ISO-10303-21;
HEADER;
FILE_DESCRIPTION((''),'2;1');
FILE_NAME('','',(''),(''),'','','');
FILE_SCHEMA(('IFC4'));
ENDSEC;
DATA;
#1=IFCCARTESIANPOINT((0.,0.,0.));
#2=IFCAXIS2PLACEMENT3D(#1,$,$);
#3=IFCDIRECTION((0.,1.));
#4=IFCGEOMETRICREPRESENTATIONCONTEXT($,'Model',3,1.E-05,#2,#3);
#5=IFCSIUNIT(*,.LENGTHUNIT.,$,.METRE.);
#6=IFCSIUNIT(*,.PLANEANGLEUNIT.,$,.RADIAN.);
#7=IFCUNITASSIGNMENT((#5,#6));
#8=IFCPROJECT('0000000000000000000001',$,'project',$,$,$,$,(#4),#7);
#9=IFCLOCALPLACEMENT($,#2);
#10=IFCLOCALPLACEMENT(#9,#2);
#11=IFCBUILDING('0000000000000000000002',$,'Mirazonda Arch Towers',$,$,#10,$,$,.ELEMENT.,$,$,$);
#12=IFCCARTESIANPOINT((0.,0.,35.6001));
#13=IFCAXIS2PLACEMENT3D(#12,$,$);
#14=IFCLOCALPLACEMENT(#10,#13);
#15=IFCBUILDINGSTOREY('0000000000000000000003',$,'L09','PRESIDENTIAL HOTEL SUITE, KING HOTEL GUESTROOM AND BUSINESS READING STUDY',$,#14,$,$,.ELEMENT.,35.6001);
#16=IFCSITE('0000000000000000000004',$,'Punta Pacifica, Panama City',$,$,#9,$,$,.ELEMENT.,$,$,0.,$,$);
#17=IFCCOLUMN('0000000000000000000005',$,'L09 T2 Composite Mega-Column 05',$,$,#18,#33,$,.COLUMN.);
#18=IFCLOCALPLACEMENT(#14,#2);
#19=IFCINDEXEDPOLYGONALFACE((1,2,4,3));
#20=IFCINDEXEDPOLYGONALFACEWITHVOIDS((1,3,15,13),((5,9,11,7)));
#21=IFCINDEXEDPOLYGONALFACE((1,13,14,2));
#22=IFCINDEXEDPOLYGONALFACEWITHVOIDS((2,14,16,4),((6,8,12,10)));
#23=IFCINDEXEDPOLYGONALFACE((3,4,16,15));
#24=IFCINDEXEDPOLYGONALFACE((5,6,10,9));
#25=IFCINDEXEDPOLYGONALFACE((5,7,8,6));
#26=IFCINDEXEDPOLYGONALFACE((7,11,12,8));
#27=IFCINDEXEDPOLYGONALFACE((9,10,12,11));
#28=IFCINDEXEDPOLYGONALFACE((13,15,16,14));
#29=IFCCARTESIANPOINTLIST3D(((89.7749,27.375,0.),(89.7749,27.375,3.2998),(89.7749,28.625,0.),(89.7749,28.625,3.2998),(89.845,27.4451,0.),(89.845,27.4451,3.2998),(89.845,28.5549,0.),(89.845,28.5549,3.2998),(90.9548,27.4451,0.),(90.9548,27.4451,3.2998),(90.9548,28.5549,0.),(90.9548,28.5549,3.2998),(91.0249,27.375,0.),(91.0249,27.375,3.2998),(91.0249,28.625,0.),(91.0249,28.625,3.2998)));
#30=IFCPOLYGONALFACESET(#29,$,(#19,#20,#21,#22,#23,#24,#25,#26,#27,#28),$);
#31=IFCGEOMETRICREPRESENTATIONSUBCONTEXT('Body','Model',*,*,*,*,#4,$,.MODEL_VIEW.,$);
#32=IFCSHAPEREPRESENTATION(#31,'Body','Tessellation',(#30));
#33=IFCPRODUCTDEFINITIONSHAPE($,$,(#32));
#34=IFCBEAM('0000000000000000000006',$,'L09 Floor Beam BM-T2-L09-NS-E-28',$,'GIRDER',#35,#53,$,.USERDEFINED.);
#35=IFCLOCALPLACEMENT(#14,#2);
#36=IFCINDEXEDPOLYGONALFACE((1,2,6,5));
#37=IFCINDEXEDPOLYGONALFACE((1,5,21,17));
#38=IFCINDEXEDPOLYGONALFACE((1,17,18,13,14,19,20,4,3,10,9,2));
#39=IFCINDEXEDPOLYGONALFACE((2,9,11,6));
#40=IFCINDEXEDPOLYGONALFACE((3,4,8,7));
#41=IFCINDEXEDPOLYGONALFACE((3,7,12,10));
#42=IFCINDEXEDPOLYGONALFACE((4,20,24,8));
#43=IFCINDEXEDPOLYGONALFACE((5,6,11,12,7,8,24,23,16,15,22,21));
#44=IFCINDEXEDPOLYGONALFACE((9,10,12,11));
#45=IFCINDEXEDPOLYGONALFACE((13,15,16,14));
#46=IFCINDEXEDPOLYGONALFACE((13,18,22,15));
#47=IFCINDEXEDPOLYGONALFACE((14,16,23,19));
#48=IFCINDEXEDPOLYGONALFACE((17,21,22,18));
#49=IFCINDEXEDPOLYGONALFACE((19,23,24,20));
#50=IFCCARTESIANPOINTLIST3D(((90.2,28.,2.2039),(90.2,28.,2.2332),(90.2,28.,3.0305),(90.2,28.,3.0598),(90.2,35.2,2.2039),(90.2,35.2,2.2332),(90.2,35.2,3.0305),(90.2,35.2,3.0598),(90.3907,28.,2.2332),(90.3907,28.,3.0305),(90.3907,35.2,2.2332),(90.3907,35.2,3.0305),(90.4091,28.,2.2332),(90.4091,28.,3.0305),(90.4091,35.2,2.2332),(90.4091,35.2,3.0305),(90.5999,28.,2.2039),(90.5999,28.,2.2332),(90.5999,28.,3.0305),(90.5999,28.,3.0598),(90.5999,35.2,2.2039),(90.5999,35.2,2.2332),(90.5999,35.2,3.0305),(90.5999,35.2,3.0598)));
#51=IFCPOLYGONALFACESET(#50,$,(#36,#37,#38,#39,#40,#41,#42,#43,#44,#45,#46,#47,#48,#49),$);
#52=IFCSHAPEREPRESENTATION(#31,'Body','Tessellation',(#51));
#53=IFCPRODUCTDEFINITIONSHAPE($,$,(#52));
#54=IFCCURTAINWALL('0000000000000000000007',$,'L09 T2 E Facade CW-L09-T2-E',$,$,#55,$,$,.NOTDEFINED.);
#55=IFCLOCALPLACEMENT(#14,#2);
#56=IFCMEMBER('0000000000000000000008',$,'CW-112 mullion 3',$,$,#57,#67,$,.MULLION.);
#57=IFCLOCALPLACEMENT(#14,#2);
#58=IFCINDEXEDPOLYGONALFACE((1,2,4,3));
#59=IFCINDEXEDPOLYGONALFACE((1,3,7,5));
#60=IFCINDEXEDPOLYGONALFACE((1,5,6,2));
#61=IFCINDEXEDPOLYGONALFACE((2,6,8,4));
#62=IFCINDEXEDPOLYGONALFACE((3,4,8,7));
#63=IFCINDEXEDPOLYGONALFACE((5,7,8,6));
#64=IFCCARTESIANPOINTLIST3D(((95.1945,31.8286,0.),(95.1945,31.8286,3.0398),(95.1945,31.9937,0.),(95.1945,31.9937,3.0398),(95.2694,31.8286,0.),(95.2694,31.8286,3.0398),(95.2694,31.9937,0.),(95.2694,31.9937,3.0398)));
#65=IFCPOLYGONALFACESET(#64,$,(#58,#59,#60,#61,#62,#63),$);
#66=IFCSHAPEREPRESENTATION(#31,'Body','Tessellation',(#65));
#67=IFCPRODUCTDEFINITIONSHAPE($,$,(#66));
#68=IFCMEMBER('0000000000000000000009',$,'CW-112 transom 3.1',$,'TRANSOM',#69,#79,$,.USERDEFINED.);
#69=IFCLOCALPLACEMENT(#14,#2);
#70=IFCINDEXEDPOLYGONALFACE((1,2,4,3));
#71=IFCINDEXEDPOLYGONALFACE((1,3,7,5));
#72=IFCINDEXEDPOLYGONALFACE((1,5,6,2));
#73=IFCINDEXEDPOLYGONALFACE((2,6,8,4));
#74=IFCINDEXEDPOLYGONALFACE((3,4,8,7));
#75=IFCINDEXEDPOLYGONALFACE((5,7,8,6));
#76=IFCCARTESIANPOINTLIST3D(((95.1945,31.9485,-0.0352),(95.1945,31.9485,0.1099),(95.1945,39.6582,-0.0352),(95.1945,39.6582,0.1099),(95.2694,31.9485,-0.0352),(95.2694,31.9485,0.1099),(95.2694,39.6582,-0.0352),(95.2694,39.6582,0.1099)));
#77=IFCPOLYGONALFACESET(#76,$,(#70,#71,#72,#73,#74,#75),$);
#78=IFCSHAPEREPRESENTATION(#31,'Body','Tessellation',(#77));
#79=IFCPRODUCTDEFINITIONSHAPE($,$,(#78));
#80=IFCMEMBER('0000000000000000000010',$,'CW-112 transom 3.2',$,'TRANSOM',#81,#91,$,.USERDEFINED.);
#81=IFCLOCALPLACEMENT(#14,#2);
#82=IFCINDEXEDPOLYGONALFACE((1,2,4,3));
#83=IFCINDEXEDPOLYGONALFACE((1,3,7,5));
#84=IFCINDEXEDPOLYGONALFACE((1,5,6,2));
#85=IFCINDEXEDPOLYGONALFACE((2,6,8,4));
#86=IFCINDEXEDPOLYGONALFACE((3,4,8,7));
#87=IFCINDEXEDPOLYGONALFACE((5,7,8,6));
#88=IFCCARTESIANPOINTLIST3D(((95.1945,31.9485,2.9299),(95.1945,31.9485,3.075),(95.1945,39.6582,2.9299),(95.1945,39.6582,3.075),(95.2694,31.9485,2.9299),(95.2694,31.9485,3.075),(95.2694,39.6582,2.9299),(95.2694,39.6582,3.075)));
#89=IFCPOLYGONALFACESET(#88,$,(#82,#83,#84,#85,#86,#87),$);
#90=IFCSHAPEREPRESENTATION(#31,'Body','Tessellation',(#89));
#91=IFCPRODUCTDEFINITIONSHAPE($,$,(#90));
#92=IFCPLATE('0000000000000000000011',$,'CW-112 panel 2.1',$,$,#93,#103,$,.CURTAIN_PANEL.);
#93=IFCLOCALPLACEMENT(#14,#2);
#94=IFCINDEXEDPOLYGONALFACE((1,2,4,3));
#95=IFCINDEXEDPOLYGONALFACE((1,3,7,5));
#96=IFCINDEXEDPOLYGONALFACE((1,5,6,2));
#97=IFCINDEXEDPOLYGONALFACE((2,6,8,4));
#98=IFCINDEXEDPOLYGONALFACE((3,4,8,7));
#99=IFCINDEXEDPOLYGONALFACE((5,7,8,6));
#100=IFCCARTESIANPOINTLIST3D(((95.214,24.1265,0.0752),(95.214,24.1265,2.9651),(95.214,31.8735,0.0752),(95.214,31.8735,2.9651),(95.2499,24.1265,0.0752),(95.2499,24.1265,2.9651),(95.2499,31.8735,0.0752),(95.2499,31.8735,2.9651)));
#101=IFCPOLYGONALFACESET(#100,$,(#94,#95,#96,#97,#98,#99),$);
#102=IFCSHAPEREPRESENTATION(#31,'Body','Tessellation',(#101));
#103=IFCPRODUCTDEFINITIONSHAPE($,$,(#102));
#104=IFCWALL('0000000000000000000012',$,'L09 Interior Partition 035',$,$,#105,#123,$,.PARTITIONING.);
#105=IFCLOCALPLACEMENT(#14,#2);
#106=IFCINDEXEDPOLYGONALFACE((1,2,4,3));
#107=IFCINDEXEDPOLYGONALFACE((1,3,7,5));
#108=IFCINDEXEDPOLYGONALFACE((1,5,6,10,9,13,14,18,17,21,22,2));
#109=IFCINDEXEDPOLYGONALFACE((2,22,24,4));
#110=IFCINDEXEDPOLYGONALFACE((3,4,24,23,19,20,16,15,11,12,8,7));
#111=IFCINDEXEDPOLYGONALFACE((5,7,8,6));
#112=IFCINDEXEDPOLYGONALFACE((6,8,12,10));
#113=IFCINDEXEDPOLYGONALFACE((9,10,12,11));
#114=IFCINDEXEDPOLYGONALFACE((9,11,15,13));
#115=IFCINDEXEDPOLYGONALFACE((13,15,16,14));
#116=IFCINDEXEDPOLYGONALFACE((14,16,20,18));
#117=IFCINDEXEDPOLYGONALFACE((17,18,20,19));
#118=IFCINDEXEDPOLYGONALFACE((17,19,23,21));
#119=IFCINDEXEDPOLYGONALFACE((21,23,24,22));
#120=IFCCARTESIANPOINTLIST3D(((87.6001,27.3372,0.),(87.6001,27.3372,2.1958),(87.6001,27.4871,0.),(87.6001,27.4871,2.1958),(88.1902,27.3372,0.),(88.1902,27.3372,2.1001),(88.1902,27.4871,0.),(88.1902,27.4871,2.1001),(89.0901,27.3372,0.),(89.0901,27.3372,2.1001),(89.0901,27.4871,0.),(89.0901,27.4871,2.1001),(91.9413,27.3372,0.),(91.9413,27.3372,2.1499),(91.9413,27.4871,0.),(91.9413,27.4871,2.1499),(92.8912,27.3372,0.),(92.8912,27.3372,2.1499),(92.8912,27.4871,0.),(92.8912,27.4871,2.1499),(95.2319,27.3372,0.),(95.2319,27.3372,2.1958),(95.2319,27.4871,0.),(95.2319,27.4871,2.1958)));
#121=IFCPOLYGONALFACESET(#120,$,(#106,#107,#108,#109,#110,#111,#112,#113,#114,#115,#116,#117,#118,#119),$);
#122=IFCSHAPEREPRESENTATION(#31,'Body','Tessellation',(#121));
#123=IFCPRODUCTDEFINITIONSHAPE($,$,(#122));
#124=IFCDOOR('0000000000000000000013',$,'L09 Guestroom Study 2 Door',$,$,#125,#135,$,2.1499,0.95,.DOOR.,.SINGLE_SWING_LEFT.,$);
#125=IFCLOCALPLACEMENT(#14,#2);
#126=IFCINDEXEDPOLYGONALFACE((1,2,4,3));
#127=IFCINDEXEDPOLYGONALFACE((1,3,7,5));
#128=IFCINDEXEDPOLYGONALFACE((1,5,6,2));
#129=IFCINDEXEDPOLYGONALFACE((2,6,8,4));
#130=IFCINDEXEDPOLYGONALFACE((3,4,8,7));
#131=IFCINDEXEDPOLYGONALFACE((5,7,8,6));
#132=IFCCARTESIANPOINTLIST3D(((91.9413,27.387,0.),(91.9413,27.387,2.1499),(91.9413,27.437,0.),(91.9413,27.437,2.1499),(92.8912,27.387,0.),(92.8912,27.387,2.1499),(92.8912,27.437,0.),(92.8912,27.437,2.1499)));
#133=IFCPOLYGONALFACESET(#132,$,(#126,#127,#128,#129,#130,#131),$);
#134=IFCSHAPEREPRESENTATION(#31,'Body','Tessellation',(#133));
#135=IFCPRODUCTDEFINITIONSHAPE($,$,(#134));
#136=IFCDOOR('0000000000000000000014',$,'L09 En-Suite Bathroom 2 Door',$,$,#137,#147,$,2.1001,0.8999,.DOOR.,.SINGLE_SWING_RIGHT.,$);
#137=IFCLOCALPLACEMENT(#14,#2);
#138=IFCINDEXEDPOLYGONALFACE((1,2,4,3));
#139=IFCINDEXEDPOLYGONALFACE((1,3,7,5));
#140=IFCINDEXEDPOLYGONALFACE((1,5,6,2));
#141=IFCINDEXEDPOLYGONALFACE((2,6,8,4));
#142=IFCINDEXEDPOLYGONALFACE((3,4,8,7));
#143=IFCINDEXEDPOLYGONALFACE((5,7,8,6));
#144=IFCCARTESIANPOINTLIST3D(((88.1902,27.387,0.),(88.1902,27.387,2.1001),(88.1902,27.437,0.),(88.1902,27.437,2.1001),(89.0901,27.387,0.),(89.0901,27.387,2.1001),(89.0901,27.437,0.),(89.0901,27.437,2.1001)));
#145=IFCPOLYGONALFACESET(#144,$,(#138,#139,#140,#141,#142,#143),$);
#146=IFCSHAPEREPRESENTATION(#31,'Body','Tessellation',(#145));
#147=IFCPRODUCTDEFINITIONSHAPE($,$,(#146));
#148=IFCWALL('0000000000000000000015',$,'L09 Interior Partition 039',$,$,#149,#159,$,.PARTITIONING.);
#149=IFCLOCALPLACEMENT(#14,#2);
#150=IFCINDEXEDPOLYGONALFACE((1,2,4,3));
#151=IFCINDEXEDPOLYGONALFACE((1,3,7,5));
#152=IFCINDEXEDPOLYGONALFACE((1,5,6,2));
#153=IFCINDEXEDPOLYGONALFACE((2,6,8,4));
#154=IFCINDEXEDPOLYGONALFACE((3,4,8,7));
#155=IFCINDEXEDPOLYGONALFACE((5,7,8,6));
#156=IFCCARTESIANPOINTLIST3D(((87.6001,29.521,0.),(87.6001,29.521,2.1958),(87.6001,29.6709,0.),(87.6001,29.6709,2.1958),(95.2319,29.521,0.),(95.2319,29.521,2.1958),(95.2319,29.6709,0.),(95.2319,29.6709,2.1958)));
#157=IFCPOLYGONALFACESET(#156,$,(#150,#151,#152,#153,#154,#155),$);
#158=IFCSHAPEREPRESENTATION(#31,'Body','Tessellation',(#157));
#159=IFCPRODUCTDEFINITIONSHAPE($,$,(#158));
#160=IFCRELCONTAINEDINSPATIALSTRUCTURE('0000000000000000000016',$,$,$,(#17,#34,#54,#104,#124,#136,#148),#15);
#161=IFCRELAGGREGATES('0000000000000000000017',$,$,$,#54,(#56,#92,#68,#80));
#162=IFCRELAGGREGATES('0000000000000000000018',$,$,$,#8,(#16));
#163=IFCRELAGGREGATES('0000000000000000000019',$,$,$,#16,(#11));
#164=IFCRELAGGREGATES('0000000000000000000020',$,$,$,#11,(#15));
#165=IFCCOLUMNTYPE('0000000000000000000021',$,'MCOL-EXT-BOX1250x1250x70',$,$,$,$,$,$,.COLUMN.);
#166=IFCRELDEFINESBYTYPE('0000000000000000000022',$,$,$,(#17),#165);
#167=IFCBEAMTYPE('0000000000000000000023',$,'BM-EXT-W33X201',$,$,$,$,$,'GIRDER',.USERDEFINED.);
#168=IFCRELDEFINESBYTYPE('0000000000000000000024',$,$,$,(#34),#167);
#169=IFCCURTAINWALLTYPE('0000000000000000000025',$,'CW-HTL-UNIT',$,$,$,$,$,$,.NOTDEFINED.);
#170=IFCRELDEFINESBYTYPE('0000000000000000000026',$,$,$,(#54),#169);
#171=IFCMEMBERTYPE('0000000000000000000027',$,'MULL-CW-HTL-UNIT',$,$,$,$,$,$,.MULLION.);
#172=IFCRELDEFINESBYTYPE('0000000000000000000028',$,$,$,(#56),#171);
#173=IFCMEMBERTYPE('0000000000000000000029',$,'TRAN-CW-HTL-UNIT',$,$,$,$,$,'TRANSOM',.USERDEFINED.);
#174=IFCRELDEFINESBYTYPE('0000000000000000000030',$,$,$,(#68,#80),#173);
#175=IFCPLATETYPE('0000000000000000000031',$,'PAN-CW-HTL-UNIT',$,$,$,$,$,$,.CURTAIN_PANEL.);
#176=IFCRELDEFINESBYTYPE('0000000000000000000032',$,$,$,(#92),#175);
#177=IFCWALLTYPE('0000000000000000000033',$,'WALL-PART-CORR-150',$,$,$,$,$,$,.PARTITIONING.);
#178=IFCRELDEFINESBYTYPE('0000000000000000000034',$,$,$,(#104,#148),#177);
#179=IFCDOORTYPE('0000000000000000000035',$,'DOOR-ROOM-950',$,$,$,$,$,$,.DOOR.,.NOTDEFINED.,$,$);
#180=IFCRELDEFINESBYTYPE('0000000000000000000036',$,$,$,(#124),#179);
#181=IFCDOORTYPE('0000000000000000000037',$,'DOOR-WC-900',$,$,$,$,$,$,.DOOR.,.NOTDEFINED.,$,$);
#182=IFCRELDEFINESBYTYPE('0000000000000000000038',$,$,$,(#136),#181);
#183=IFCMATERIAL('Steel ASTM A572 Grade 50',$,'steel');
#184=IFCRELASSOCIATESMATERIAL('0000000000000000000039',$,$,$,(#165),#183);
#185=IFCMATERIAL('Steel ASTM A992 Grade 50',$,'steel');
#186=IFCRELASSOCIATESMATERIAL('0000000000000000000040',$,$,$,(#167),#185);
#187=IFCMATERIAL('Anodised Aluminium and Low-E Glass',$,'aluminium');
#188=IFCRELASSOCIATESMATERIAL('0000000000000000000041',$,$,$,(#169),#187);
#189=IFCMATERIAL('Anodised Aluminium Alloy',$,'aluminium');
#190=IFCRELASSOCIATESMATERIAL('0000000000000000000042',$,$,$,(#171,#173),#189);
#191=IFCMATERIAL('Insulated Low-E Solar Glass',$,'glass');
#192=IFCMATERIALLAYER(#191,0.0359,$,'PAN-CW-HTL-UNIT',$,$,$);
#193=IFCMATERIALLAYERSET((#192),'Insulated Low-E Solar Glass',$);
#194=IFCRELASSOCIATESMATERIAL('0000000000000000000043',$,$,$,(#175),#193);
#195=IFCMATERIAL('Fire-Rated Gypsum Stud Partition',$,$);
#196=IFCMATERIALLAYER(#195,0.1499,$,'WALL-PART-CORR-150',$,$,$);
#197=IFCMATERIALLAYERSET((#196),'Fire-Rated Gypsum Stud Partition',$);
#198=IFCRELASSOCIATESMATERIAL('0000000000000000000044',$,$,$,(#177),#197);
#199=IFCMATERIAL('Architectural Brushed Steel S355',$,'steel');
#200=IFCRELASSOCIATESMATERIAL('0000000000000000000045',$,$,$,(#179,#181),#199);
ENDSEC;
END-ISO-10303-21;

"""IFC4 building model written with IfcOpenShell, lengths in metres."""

from ifc_helpers import new_model, si_unit, direction, frame, frame_2d, origin, origin_2d, place, context, subcontext, project, spatial, rectangle, hollow_rectangle, i_section, extrude, material, layer, layer_set, material_profile, profile_set, type_object, element, fill, aggregate, save


model = new_model("IFC4")

# Units and contexts
model_context = context("Model", 3, precision=1e-05, world=origin(), true_north=direction((0.0, 1.0)))
body_context = subcontext(model_context, "Body", "Model", "MODEL_VIEW")
ifc_project = project(units=[si_unit("LENGTHUNIT", "METRE"), si_unit("PLANEANGLEUNIT", "RADIAN")], contexts=[model_context])

# Site, building, storey
site_placement = place(None, origin())
site = spatial("IfcSite", under=ifc_project, at=site_placement, Name="Punta Pacifica, Panama City", CompositionType="ELEMENT", RefElevation=0.0)
building_placement = place(site_placement, origin())
building = spatial("IfcBuilding", under=site, at=building_placement, Name="Mirazonda Arch Towers", CompositionType="ELEMENT")
storey_placement = place(building_placement, frame((0.0, 0.0, 35.6001)))
storey = spatial("IfcBuildingStorey", under=building, at=storey_placement, Name="L09", Description="PRESIDENTIAL HOTEL SUITE, KING HOTEL GUESTROOM AND BUSINESS READING STUDY", CompositionType="ELEMENT", Elevation=35.6001)

# Column
ifc_material_1 = material(Name="Steel ASTM A572 Grade 50", Category="steel")
ifc_material_profile_1 = material_profile(ifc_material_1, hollow_rectangle(XDim=1.25, YDim=1.25, WallThickness=0.0701, at=origin_2d()), Name="BOX1250x1250x70")
ifc_profile_set_1 = profile_set([ifc_material_profile_1], Name="Steel ASTM A572 Grade 50")
column_type = type_object("IfcColumnType", Name="MCOL-EXT-BOX1250x1250x70", PredefinedType="COLUMN", material=ifc_profile_set_1)
column_placement = place(storey_placement, frame((90.3999, 28.0, 0.0), z_axis=(0.0, 0.0, 1.0), x_axis=(1.0, 0.0, 0.0)))
element("IfcColumn", 1, at=column_placement, inside=storey, type_object=column_type, Name="L09 T2 Composite Mega-Column 05", PredefinedType="COLUMN", context=body_context, shape_type="SweptSolid", body=[
    extrude(hollow_rectangle(XDim=1.25, YDim=1.25, WallThickness=0.0701, at=origin_2d()), origin(), (0.0, 0.0, 1.0), 3.2998),
])

# Beam
ifc_material_2 = material(Name="Steel ASTM A992 Grade 50", Category="steel")
ifc_material_profile_2 = material_profile(ifc_material_2, i_section(OverallWidth=0.3999, OverallDepth=0.856, WebThickness=0.0183, FlangeThickness=0.0293, at=origin_2d()), Name="W33X201")
ifc_profile_set_2 = profile_set([ifc_material_profile_2], Name="Steel ASTM A992 Grade 50")
beam_type = type_object("IfcBeamType", Name="BM-EXT-W33X201", ElementType="GIRDER", PredefinedType="USERDEFINED", material=ifc_profile_set_2)
beam_placement = place(storey_placement, frame((90.3999, 28.0, 2.6318), z_axis=(0.0, 1.0, 0.0), x_axis=(-1.0, 0.0, 0.0)))
element("IfcBeam", 2, at=beam_placement, inside=storey, type_object=beam_type, Name="L09 Floor Beam BM-T2-L09-NS-E-28", ObjectType="GIRDER", PredefinedType="USERDEFINED", context=body_context, shape_type="SweptSolid", body=[
    extrude(i_section(OverallWidth=0.3999, OverallDepth=0.856, WebThickness=0.0183, FlangeThickness=0.0293, at=origin_2d()), origin(), (0.0, 0.0, 1.0), 7.2),
])

# Curtain wall, members, plate
ifc_material_3 = material(Name="Anodised Aluminium and Low-E Glass", Category="aluminium")
curtain_wall_type = type_object("IfcCurtainWallType", Name="CW-HTL-UNIT", PredefinedType="NOTDEFINED", material=ifc_material_3)
curtain_wall_placement = place(storey_placement, origin())
curtain_wall = element("IfcCurtainWall", 3, at=curtain_wall_placement, inside=storey, type_object=curtain_wall_type, Name="L09 T2 E Facade CW-L09-T2-E", PredefinedType="NOTDEFINED")
ifc_material_4 = material(Name="Anodised Aluminium Alloy", Category="aluminium")
ifc_material_profile_3 = material_profile(ifc_material_4, rectangle(XDim=0.075, YDim=0.165, at=origin_2d()), Name="ALU-MULL-75x165")
ifc_profile_set_3 = profile_set([ifc_material_profile_3], Name="Anodised Aluminium Alloy")
member_type_1 = type_object("IfcMemberType", Name="MULL-CW-HTL-UNIT", PredefinedType="MULLION", material=ifc_profile_set_3)
member_1_placement = place(storey_placement, frame((95.2319, 31.9111, 0.0), z_axis=(0.0, 0.0, 1.0), x_axis=(-1.0, 0.0, 0.0)))
member_1 = element("IfcMember", 4, at=member_1_placement, type_object=member_type_1, Name="CW-112 mullion 3", PredefinedType="MULLION", context=body_context, shape_type="SweptSolid", body=[
    extrude(rectangle(XDim=0.075, YDim=0.165, at=origin_2d()), origin(), (0.0, 0.0, 1.0), 3.0398),
])
ifc_material_profile_4 = material_profile(ifc_material_4, rectangle(XDim=0.075, YDim=0.145, at=origin_2d()), Name="ALU-TRAN-75x145")
ifc_profile_set_4 = profile_set([ifc_material_profile_4], Name="Anodised Aluminium Alloy")
member_type_2 = type_object("IfcMemberType", Name="TRAN-CW-HTL-UNIT", ElementType="TRANSOM", PredefinedType="USERDEFINED", material=ifc_profile_set_4)
member_2_placement = place(storey_placement, frame((95.2319, 31.9485, 0.0374), z_axis=(0.0, 1.0, 0.0), x_axis=(-1.0, 0.0, 0.0)))
member_2 = element("IfcMember", 5, at=member_2_placement, type_object=member_type_2, Name="CW-112 transom 3.1", ObjectType="TRANSOM", PredefinedType="USERDEFINED", context=body_context, shape_type="SweptSolid", body=[
    extrude(rectangle(XDim=0.075, YDim=0.145, at=origin_2d()), origin(), (0.0, 0.0, 1.0), 7.7097),
])
member_3_placement = place(storey_placement, frame((95.2319, 31.9485, 3.0024), z_axis=(0.0, 1.0, 0.0), x_axis=(-1.0, 0.0, 0.0)))
member_3 = element("IfcMember", 6, at=member_3_placement, type_object=member_type_2, Name="CW-112 transom 3.2", ObjectType="TRANSOM", PredefinedType="USERDEFINED", context=body_context, shape_type="SweptSolid", body=[
    extrude(rectangle(XDim=0.075, YDim=0.145, at=origin_2d()), origin(), (0.0, 0.0, 1.0), 7.7097),
])
ifc_material_5 = material(Name="Insulated Low-E Solar Glass", Category="glass")
ifc_layer_1 = layer(ifc_material_5, 0.0359, Name="PAN-CW-HTL-UNIT")
ifc_layer_set_1 = layer_set([ifc_layer_1], Name="Insulated Low-E Solar Glass")
plate_type = type_object("IfcPlateType", Name="PAN-CW-HTL-UNIT", PredefinedType="CURTAIN_PANEL", material=ifc_layer_set_1)
plate_placement = place(storey_placement, frame((95.2319, 28.0, 0.0752), z_axis=(0.0, 0.0, 1.0), x_axis=(0.0, 1.0, 0.0)))
plate = element("IfcPlate", 7, at=plate_placement, type_object=plate_type, Name="CW-112 panel 2.1", PredefinedType="CURTAIN_PANEL", context=body_context, shape_type="SweptSolid", body=[
    extrude(rectangle(XDim=7.7471, YDim=0.0359, at=origin_2d()), origin(), (0.0, 0.0, 1.0), 2.8899),
])
aggregate(curtain_wall, [member_1, plate, member_2, member_3])

# Wall, openings, doors
ifc_material_6 = material(Name="Fire-Rated Gypsum Stud Partition")
ifc_layer_2 = layer(ifc_material_6, 0.1499, Name="WALL-PART-CORR-150")
ifc_layer_set_2 = layer_set([ifc_layer_2], Name="Fire-Rated Gypsum Stud Partition")
wall_type_1 = type_object("IfcWallType", Name="WALL-PART-CORR-150", PredefinedType="PARTITIONING", material=ifc_layer_set_2)
wall_1_placement = place(storey_placement, frame((87.6001, 27.4121, 0.0), z_axis=(0.0, 0.0, 1.0), x_axis=(1.0, 0.0, 0.0)))
wall_1 = element("IfcWall", 8, at=wall_1_placement, inside=storey, type_object=wall_type_1, Name="L09 Interior Partition 035", PredefinedType="PARTITIONING", context=body_context, shape_type="SweptSolid", body=[
    extrude(rectangle(XDim=7.6318, YDim=0.1499, at=frame_2d((3.8159, 0.0))), origin(), (0.0, 0.0, 1.0), 2.1958),
])
opening_1_placement = place(wall_1_placement, frame((4.3411, 0.0, 0.0)))
opening_1 = element("IfcOpeningElement", 9, at=opening_1_placement, cuts=wall_1, PredefinedType="OPENING", context=body_context, shape_type="SweptSolid", body=[
    extrude(rectangle(XDim=0.95, YDim=2.1499, at=frame_2d((0.4751, 1.075))), frame((0.0, 0.085, 0.0), z_axis=(0.0, -1.0, 0.0), x_axis=(1.0, 0.0, 0.0)), (0.0, 0.0, 1.0), 0.1699),
])
opening_2_placement = place(wall_1_placement, frame((0.5901, 0.0, 0.0)))
opening_2 = element("IfcOpeningElement", 10, at=opening_2_placement, cuts=wall_1, PredefinedType="OPENING", context=body_context, shape_type="SweptSolid", body=[
    extrude(rectangle(XDim=0.8999, YDim=2.1001, at=frame_2d((0.45, 1.05))), frame((0.0, 0.085, 0.0), z_axis=(0.0, -1.0, 0.0), x_axis=(1.0, 0.0, 0.0)), (0.0, 0.0, 1.0), 0.1699),
])
ifc_material_7 = material(Name="Architectural Brushed Steel S355", Category="steel")
door_type_1 = type_object("IfcDoorType", Name="DOOR-ROOM-950", OperationType="NOTDEFINED", PredefinedType="DOOR", material=ifc_material_7)
door_1_placement = place(opening_1_placement, origin())
door_1 = element("IfcDoor", 11, at=door_1_placement, inside=storey, type_object=door_type_1, Name="L09 Guestroom Study 2 Door", OperationType="SINGLE_SWING_LEFT", OverallHeight=2.1499, OverallWidth=0.95, PredefinedType="DOOR", context=body_context, shape_type="SweptSolid", body=[
    extrude(rectangle(XDim=0.95, YDim=2.1499, at=frame_2d((0.4751, 1.075))), frame((0.0, 0.0249, 0.0), z_axis=(0.0, -1.0, 0.0), x_axis=(1.0, 0.0, 0.0)), (0.0, 0.0, 1.0), 0.05),
])
fill(opening_1, door_1)
door_type_2 = type_object("IfcDoorType", Name="DOOR-WC-900", OperationType="NOTDEFINED", PredefinedType="DOOR", material=ifc_material_7)
door_2_placement = place(opening_2_placement, origin())
door_2 = element("IfcDoor", 12, at=door_2_placement, inside=storey, type_object=door_type_2, Name="L09 En-Suite Bathroom 2 Door", OperationType="SINGLE_SWING_RIGHT", OverallHeight=2.1001, OverallWidth=0.8999, PredefinedType="DOOR", context=body_context, shape_type="SweptSolid", body=[
    extrude(rectangle(XDim=0.8999, YDim=2.1001, at=frame_2d((0.45, 1.05))), frame((0.0, 0.0249, 0.0), z_axis=(0.0, -1.0, 0.0), x_axis=(1.0, 0.0, 0.0)), (0.0, 0.0, 1.0), 0.05),
])
fill(opening_2, door_2)

# Wall
wall_2_placement = place(storey_placement, frame((87.6001, 29.5959, 0.0), z_axis=(0.0, 0.0, 1.0), x_axis=(1.0, 0.0, 0.0)))
element("IfcWall", 13, at=wall_2_placement, inside=storey, type_object=wall_type_1, Name="L09 Interior Partition 039", PredefinedType="PARTITIONING", context=body_context, shape_type="SweptSolid", body=[
    extrude(rectangle(XDim=7.6318, YDim=0.1499, at=frame_2d((3.8159, 0.0))), origin(), (0.0, 0.0, 1.0), 2.1958),
])

save(model, "model.ifc")
